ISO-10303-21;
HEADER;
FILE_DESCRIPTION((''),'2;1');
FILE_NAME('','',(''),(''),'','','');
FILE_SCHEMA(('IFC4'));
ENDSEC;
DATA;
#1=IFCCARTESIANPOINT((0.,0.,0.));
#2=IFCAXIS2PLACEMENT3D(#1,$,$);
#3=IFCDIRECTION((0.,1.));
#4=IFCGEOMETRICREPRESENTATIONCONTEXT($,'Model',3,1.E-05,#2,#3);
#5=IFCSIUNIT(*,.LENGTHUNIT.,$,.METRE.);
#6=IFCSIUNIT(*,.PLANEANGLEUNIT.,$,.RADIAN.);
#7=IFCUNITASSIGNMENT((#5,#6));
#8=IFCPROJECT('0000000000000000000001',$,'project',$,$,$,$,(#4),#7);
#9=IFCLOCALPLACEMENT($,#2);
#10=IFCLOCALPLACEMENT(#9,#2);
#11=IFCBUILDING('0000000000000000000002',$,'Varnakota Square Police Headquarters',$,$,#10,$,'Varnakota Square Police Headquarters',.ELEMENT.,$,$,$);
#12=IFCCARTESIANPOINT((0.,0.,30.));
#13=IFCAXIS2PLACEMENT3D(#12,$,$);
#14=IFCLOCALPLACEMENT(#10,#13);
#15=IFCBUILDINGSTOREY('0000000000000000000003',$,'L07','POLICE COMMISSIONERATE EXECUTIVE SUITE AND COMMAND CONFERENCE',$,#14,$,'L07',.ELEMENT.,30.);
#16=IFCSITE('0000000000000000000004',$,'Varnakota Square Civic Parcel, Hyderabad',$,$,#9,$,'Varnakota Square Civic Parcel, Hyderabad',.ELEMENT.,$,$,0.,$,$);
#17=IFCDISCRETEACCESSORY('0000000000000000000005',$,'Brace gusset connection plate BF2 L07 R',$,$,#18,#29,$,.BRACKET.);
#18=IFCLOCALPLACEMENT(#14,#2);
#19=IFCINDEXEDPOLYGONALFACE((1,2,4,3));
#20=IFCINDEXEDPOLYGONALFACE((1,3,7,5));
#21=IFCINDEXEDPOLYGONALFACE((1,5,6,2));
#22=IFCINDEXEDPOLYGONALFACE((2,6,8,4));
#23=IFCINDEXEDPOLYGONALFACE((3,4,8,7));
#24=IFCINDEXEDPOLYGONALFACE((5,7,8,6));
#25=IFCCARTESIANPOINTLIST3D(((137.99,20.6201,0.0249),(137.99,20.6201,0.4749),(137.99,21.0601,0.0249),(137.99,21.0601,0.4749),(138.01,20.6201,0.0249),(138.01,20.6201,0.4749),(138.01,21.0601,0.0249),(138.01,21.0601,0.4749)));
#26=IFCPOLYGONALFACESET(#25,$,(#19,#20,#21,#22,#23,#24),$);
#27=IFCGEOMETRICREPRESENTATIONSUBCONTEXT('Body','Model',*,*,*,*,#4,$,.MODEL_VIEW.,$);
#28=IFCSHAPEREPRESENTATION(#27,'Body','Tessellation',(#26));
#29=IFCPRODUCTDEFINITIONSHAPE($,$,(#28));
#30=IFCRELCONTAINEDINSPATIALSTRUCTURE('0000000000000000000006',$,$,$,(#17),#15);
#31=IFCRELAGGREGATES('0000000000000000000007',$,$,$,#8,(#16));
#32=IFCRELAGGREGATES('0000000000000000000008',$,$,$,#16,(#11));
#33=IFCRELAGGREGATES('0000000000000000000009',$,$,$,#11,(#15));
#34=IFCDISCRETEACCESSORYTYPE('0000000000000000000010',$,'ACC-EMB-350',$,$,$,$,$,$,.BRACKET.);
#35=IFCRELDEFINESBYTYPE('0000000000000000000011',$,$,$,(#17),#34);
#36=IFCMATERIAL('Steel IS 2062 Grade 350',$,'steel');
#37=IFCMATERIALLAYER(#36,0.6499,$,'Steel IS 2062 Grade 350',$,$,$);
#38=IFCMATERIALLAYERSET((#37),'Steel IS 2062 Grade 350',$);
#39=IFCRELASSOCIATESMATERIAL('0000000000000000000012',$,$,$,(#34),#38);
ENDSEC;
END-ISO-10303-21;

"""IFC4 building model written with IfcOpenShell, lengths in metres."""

from ifc_helpers import new_model, si_unit, direction, frame, origin, origin_2d, place, context, subcontext, project, spatial, rectangle, extrude, material, layer, layer_set, type_object, element, save


model = new_model("IFC4")

# Units and contexts
model_context = context("Model", 3, precision=1e-05, world=origin(), true_north=direction((0.0, 1.0)))
body_context = subcontext(model_context, "Body", "Model", "MODEL_VIEW")
ifc_project = project(units=[si_unit("LENGTHUNIT", "METRE"), si_unit("PLANEANGLEUNIT", "RADIAN")], contexts=[model_context])

# Site, building, storey
site_placement = place(None, origin())
site = spatial("IfcSite", under=ifc_project, at=site_placement, Name="Varnakota Square Civic Parcel, Hyderabad", LongName="Varnakota Square Civic Parcel, Hyderabad", CompositionType="ELEMENT", RefElevation=0.0)
building_placement = place(site_placement, origin())
building = spatial("IfcBuilding", under=site, at=building_placement, Name="Varnakota Square Police Headquarters", LongName="Varnakota Square Police Headquarters", CompositionType="ELEMENT")
storey_placement = place(building_placement, frame((0.0, 0.0, 30.0)))
storey = spatial("IfcBuildingStorey", under=building, at=storey_placement, Name="L07", Description="POLICE COMMISSIONERATE EXECUTIVE SUITE AND COMMAND CONFERENCE", LongName="L07", CompositionType="ELEMENT", Elevation=30.0)

# Shared definitions
ifc_material_1 = material(Name="Steel IS 2062 Grade 350", Category="steel")

# Discrete accessory
ifc_layer_1 = layer(ifc_material_1, 0.6499, Name="Steel IS 2062 Grade 350")
ifc_layer_set_1 = layer_set([ifc_layer_1], Name="Steel IS 2062 Grade 350")
discrete_accessory_type = type_object("IfcDiscreteAccessoryType", Name="ACC-EMB-350", PredefinedType="BRACKET", material=ifc_layer_set_1)
for number, where, z_axis, x_axis, name in (
    (1, (138.0, 20.8401, 0.0249), (0.0, 0.0, 1.0), (0.0, 1.0, 0.0), "Brace gusset connection plate BF2 L07 R"),
):
    element("IfcDiscreteAccessory", number, at=place(storey_placement, frame(where, z_axis=z_axis, x_axis=x_axis)), inside=storey, type_object=discrete_accessory_type, Name=name, PredefinedType="BRACKET", context=body_context, shape_type="SweptSolid", body=[
        extrude(rectangle(XDim=0.4399, YDim=0.02, at=origin_2d()), origin(), (0.0, 0.0, 1.0), 0.45),
    ])

save(model, "model.ifc")
